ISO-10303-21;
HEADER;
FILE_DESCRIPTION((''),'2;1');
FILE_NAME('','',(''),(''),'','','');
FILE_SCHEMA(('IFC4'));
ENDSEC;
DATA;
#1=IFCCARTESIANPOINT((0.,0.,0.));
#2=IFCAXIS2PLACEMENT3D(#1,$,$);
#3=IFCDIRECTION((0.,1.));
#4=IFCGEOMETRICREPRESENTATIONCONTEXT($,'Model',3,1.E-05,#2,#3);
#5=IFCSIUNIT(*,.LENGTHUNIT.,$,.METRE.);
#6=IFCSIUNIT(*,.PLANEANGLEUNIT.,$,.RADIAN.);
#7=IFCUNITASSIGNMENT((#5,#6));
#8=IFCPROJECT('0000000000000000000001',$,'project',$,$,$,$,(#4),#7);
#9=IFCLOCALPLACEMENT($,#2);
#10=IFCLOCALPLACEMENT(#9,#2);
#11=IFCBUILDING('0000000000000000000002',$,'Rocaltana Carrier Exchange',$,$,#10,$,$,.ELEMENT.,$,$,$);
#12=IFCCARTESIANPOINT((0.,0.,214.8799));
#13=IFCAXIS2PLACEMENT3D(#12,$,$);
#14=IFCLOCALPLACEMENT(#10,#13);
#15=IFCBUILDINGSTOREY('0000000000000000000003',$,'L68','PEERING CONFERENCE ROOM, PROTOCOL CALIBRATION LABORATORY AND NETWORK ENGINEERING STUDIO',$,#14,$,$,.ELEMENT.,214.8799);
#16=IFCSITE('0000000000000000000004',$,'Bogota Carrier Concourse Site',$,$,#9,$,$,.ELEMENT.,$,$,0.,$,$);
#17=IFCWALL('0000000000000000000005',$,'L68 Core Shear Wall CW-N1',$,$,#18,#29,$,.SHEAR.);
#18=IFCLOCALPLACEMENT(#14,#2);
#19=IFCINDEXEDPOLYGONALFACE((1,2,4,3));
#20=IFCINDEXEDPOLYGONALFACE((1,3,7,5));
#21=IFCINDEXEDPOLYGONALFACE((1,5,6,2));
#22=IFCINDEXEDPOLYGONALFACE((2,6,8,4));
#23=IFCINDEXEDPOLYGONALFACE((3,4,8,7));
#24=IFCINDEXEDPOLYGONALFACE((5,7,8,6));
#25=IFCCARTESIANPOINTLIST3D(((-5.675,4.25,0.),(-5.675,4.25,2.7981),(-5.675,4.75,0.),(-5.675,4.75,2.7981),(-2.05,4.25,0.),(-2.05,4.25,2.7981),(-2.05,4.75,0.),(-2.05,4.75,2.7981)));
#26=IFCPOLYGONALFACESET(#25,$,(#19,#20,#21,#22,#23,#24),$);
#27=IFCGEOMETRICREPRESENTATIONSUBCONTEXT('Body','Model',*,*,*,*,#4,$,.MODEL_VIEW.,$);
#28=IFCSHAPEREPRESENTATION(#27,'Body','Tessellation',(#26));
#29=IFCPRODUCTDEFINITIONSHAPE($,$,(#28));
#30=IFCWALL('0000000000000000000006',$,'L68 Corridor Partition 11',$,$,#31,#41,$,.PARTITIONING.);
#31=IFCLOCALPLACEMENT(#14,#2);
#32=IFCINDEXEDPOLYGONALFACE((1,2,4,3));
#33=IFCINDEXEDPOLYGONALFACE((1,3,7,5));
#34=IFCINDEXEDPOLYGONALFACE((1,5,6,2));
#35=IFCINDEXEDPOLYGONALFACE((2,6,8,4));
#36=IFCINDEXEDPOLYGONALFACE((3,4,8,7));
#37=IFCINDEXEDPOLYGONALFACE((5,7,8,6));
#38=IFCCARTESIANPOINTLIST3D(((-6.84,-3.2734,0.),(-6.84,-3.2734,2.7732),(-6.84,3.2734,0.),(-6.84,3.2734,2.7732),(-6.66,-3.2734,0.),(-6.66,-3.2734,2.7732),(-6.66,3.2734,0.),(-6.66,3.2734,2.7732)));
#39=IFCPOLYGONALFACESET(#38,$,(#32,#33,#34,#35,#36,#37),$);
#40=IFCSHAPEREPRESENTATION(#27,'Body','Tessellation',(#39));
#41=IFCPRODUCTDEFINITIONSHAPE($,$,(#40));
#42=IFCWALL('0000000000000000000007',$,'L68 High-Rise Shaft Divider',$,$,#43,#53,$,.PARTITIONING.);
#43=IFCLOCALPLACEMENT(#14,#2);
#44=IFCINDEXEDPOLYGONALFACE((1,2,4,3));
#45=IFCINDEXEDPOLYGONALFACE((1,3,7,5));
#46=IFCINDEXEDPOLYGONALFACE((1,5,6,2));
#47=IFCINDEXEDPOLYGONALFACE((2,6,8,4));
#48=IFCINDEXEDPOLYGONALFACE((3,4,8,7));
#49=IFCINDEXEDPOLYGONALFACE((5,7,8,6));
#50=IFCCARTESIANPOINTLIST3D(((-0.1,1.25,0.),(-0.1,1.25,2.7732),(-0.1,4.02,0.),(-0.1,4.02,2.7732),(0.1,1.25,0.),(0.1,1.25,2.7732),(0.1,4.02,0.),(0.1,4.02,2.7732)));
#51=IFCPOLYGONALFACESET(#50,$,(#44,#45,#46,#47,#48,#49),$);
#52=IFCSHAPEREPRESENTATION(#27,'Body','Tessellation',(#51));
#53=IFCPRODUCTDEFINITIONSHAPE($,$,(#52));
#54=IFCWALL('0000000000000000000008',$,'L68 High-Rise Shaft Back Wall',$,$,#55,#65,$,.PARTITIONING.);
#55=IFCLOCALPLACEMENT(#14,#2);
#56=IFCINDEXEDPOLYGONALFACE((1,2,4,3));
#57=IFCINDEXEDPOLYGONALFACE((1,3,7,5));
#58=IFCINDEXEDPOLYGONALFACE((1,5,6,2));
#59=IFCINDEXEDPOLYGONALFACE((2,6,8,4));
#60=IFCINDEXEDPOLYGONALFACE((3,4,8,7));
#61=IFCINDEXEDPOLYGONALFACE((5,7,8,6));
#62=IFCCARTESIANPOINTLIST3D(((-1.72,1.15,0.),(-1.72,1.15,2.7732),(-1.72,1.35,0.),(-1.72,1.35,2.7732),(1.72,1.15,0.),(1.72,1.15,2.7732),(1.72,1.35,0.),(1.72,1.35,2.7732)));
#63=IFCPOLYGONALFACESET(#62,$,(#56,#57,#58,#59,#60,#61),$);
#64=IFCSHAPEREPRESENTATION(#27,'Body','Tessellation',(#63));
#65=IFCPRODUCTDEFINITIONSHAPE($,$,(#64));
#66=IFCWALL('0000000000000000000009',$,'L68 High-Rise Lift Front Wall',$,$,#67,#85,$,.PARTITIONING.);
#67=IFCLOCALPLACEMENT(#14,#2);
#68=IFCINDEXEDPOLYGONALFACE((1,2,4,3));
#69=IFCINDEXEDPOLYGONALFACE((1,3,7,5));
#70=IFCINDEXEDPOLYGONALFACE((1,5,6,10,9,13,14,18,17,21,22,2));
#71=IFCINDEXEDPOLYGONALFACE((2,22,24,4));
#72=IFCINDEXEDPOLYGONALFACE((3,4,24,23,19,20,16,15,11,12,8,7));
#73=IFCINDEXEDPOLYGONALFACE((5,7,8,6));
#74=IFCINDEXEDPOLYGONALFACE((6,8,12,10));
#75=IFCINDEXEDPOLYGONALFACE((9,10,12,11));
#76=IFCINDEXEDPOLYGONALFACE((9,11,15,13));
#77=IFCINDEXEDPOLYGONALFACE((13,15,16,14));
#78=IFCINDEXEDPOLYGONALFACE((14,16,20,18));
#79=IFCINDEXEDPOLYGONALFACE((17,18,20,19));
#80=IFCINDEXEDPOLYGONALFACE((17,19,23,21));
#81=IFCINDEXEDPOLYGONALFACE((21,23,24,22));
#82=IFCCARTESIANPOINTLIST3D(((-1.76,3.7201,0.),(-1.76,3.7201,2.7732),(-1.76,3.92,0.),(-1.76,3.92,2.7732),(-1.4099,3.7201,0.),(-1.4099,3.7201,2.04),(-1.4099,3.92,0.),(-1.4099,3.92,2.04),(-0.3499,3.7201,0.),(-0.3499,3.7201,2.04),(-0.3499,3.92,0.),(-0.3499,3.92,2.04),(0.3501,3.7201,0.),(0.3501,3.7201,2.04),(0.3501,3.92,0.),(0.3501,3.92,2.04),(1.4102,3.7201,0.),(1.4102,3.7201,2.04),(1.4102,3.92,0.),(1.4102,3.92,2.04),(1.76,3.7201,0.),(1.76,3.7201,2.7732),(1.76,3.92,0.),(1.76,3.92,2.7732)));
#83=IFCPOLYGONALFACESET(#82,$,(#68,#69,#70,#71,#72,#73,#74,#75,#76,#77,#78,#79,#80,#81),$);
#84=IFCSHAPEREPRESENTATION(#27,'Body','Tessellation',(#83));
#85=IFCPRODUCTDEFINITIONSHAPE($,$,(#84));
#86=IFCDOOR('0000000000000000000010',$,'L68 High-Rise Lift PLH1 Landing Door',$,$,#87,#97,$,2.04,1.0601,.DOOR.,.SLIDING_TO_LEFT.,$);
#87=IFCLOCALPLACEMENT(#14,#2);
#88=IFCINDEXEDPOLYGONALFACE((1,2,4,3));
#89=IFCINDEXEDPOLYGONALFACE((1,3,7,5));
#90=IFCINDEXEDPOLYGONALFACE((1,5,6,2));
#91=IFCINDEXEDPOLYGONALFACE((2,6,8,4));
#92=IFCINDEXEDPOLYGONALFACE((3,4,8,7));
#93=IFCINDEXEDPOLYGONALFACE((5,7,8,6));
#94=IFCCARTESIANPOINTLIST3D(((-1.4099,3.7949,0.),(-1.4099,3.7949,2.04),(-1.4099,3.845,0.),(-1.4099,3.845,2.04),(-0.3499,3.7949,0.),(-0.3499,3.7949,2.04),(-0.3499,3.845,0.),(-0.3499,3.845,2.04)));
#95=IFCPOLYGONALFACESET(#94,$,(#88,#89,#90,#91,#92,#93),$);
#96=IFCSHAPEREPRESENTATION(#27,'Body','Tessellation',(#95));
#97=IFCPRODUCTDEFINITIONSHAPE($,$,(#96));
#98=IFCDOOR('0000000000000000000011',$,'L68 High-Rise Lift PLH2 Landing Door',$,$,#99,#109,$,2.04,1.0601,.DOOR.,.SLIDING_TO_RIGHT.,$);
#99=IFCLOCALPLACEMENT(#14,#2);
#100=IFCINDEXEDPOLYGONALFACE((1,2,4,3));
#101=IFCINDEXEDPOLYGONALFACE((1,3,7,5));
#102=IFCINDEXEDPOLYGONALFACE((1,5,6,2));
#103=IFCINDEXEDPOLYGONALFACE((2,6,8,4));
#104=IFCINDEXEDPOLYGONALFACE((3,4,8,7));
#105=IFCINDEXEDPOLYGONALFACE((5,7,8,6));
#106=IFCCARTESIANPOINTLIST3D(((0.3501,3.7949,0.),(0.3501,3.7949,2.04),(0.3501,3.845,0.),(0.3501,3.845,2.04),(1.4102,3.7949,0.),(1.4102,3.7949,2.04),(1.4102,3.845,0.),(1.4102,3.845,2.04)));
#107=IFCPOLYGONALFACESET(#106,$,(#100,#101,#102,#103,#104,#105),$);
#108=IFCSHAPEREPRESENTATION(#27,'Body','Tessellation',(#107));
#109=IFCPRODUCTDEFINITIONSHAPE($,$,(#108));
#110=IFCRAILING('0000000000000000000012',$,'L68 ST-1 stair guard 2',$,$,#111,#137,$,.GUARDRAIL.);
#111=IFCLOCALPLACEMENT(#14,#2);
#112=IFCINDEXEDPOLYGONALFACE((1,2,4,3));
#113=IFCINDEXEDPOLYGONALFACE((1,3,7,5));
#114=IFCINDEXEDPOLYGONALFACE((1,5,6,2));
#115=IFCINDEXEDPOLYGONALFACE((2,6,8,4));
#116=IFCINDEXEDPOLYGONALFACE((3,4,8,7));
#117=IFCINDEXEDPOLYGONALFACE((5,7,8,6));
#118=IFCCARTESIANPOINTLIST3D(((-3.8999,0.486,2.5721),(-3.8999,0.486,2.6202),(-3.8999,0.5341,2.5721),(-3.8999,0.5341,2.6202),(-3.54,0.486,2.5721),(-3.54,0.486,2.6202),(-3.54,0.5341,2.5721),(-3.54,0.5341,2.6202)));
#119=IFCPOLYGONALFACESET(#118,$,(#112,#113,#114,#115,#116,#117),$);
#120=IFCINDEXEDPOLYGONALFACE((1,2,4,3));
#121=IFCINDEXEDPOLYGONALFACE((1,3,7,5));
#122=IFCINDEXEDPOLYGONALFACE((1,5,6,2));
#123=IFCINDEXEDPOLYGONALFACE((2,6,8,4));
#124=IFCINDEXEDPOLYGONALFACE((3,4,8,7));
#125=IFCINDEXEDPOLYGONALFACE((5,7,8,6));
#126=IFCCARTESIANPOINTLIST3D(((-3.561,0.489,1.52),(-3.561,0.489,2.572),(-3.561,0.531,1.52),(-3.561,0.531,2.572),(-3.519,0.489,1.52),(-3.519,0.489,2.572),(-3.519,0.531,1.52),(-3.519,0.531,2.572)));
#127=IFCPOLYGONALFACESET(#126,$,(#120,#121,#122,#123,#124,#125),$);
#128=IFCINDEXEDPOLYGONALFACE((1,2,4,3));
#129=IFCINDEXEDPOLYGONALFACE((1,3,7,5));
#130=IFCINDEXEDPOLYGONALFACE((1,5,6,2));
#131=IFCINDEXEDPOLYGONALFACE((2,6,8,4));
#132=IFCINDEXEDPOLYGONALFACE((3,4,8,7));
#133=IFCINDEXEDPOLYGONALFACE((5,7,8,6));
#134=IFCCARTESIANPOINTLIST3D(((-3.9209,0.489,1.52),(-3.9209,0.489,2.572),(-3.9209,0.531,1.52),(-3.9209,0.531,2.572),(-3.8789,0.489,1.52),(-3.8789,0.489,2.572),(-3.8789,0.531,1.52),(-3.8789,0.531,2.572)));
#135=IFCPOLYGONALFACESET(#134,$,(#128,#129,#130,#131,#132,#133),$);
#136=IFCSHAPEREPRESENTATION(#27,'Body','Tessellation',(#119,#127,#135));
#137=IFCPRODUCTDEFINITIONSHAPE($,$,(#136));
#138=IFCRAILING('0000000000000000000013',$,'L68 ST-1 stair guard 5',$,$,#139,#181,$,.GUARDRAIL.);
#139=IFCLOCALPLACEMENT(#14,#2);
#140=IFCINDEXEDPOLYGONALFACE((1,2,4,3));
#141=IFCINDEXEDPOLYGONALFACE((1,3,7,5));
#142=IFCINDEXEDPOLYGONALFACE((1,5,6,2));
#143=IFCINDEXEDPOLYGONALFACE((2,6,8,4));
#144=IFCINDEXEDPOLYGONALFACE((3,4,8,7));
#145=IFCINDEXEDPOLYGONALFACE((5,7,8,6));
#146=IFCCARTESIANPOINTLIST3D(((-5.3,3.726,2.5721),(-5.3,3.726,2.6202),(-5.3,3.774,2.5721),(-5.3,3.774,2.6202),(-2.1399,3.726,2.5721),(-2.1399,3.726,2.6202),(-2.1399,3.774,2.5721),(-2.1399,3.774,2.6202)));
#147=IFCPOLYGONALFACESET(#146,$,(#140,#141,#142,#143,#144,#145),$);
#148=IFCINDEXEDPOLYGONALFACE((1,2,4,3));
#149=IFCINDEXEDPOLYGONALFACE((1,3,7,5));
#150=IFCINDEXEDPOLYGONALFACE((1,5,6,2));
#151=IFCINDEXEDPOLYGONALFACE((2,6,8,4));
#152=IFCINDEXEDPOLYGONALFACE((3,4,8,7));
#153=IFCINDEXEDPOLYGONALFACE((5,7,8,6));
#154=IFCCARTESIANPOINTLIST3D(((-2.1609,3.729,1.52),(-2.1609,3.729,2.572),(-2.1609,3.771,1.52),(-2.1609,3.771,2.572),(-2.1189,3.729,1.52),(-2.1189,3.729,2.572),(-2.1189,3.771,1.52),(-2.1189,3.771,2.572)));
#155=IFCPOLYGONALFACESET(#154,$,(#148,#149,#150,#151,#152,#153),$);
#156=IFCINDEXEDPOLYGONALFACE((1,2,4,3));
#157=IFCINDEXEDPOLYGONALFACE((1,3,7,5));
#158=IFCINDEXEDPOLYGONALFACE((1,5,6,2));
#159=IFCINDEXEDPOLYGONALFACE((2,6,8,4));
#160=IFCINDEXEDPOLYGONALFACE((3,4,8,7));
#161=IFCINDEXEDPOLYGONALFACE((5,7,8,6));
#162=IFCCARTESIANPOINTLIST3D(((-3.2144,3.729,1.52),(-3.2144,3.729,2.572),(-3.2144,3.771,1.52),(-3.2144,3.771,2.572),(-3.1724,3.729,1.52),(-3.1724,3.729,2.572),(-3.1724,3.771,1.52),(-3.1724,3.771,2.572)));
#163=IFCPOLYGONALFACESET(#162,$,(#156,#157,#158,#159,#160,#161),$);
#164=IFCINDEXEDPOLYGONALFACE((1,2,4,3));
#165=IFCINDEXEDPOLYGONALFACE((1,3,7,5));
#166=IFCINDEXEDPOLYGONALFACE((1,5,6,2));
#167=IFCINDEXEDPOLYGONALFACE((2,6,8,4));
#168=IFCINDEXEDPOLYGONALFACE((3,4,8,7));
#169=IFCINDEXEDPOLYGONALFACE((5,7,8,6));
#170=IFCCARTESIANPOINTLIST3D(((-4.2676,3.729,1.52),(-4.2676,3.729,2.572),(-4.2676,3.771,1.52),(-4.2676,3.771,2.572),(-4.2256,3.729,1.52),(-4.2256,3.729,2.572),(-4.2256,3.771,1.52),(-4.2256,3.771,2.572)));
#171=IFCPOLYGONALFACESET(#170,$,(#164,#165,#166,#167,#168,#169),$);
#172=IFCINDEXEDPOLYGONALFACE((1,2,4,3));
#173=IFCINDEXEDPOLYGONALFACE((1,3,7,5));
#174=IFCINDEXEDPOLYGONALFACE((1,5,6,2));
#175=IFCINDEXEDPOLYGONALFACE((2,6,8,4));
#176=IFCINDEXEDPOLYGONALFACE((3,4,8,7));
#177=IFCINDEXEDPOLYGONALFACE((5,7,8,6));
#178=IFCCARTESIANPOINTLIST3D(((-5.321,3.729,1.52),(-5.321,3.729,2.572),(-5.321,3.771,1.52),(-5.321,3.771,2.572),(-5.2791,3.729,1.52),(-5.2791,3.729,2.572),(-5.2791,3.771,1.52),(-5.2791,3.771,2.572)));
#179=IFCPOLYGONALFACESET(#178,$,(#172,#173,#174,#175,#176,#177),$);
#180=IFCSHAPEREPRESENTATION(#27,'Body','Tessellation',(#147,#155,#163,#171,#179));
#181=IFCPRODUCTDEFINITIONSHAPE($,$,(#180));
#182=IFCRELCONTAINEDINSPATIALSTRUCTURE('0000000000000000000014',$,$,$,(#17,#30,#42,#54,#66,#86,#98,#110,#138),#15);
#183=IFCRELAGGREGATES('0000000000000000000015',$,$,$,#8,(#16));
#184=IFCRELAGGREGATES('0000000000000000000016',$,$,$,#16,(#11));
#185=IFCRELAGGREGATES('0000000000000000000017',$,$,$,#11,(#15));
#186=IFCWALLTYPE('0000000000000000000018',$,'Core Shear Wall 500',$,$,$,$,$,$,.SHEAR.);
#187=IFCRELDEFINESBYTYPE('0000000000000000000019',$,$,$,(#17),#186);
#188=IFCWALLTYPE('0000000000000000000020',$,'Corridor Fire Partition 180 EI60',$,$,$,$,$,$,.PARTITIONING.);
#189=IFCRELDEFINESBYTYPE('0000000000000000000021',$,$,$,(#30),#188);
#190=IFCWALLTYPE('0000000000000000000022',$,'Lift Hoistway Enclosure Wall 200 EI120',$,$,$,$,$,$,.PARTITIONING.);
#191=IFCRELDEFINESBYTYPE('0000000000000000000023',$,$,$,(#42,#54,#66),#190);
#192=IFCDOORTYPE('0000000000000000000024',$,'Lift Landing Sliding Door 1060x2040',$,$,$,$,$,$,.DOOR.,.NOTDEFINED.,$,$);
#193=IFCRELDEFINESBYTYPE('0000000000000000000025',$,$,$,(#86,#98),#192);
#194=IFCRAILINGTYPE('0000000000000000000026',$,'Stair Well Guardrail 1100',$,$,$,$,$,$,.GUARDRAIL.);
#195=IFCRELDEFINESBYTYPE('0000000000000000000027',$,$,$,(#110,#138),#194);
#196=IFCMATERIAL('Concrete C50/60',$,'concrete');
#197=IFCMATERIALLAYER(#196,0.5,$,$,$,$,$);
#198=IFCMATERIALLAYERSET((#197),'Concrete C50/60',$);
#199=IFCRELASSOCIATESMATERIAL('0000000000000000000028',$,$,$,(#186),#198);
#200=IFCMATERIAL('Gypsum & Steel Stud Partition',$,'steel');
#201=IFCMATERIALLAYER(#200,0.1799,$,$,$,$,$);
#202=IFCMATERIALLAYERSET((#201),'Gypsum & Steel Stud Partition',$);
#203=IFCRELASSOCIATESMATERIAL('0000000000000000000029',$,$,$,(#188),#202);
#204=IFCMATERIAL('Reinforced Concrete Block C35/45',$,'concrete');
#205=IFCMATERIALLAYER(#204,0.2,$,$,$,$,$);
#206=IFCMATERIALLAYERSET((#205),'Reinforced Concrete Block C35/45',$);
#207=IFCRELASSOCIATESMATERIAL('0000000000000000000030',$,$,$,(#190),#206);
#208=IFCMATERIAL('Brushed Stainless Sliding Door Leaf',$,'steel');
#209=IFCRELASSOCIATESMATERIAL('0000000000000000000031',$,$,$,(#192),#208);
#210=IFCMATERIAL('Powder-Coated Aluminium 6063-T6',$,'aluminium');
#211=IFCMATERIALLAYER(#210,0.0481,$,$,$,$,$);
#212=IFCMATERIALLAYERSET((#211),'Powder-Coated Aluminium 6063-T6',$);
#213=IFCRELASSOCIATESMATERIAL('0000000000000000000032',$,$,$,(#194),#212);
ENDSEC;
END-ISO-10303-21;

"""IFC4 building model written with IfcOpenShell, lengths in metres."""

from ifc_helpers import new_model, si_unit, direction, frame, frame_2d, origin, origin_2d, place, context, subcontext, project, spatial, rectangle, extrude, material, layer, layer_set, type_object, element, fill, save


model = new_model("IFC4")

# Units and contexts
model_context = context("Model", 3, precision=1e-05, world=origin(), true_north=direction((0.0, 1.0)))
body_context = subcontext(model_context, "Body", "Model", "MODEL_VIEW")
ifc_project = project(units=[si_unit("LENGTHUNIT", "METRE"), si_unit("PLANEANGLEUNIT", "RADIAN")], contexts=[model_context])

# Site, building, storey
site_placement = place(None, origin())
site = spatial("IfcSite", under=ifc_project, at=site_placement, Name="Bogota Carrier Concourse Site", CompositionType="ELEMENT", RefElevation=0.0)
building_placement = place(site_placement, origin())
building = spatial("IfcBuilding", under=site, at=building_placement, Name="Rocaltana Carrier Exchange", CompositionType="ELEMENT")
storey_placement = place(building_placement, frame((0.0, 0.0, 214.8799)))
storey = spatial("IfcBuildingStorey", under=building, at=storey_placement, Name="L68", Description="PEERING CONFERENCE ROOM, PROTOCOL CALIBRATION LABORATORY AND NETWORK ENGINEERING STUDIO", CompositionType="ELEMENT", Elevation=214.8799)

# Walls
ifc_material_1 = material(Name="Concrete C50/60", Category="concrete")
ifc_layer_1 = layer(ifc_material_1, 0.5)
ifc_layer_set_1 = layer_set([ifc_layer_1], Name="Concrete C50/60")
wall_type_1 = type_object("IfcWallType", Name="Core Shear Wall 500", PredefinedType="SHEAR", material=ifc_layer_set_1)
wall_1_placement = place(storey_placement, frame((-5.675, 4.5, 0.0), z_axis=(0.0, 0.0, 1.0), x_axis=(1.0, 0.0, 0.0)))
element("IfcWall", 1, at=wall_1_placement, inside=storey, type_object=wall_type_1, Name="L68 Core Shear Wall CW-N1", PredefinedType="SHEAR", context=body_context, shape_type="SweptSolid", body=[
    extrude(rectangle(XDim=3.625, YDim=0.5, at=frame_2d((1.8125, 0.0))), origin(), (0.0, 0.0, 1.0), 2.7981),
])
ifc_material_2 = material(Name="Gypsum & Steel Stud Partition", Category="steel")
ifc_layer_2 = layer(ifc_material_2, 0.1799)
ifc_layer_set_2 = layer_set([ifc_layer_2], Name="Gypsum & Steel Stud Partition")
wall_type_2 = type_object("IfcWallType", Name="Corridor Fire Partition 180 EI60", PredefinedType="PARTITIONING", material=ifc_layer_set_2)
wall_2_placement = place(storey_placement, frame((-6.75, 3.2734, 0.0), z_axis=(0.0, 0.0, 1.0), x_axis=(0.0, -1.0, 0.0)))
element("IfcWall", 2, at=wall_2_placement, inside=storey, type_object=wall_type_2, Name="L68 Corridor Partition 11", PredefinedType="PARTITIONING", context=body_context, shape_type="SweptSolid", body=[
    extrude(rectangle(XDim=6.5469, YDim=0.1799, at=frame_2d((3.2734, 0.0))), origin(), (0.0, 0.0, 1.0), 2.7732),
])
ifc_material_3 = material(Name="Reinforced Concrete Block C35/45", Category="concrete")
ifc_layer_3 = layer(ifc_material_3, 0.2)
ifc_layer_set_3 = layer_set([ifc_layer_3], Name="Reinforced Concrete Block C35/45")
wall_type_3 = type_object("IfcWallType", Name="Lift Hoistway Enclosure Wall 200 EI120", PredefinedType="PARTITIONING", material=ifc_layer_set_3)
wall_3_placement = place(storey_placement, frame((0.0, 1.25, 0.0), z_axis=(0.0, 0.0, 1.0), x_axis=(0.0, 1.0, 0.0)))
element("IfcWall", 3, at=wall_3_placement, inside=storey, type_object=wall_type_3, Name="L68 High-Rise Shaft Divider", PredefinedType="PARTITIONING", context=body_context, shape_type="SweptSolid", body=[
    extrude(rectangle(XDim=2.77, YDim=0.2, at=frame_2d((1.385, 0.0))), origin(), (0.0, 0.0, 1.0), 2.7732),
])
wall_4_placement = place(storey_placement, frame((-1.72, 1.25, 0.0), z_axis=(0.0, 0.0, 1.0), x_axis=(1.0, 0.0, 0.0)))
element("IfcWall", 4, at=wall_4_placement, inside=storey, type_object=wall_type_3, Name="L68 High-Rise Shaft Back Wall", PredefinedType="PARTITIONING", context=body_context, shape_type="SweptSolid", body=[
    extrude(rectangle(XDim=3.4399, YDim=0.2, at=frame_2d((1.72, 0.0))), origin(), (0.0, 0.0, 1.0), 2.7732),
])

# Wall, openings, doors
wall_5_placement = place(storey_placement, frame((-1.76, 3.8201, 0.0), z_axis=(0.0, 0.0, 1.0), x_axis=(1.0, 0.0, 0.0)))
wall_5 = element("IfcWall", 5, at=wall_5_placement, inside=storey, type_object=wall_type_3, Name="L68 High-Rise Lift Front Wall", PredefinedType="PARTITIONING", context=body_context, shape_type="SweptSolid", body=[
    extrude(rectangle(XDim=3.52, YDim=0.2, at=frame_2d((1.76, 0.0))), origin(), (0.0, 0.0, 1.0), 2.7732),
])
opening_1_placement = place(wall_5_placement, frame((0.3501, 0.0, 0.0)))
opening_1 = element("IfcOpeningElement", 6, at=opening_1_placement, cuts=wall_5, PredefinedType="OPENING", context=body_context, shape_type="SweptSolid", body=[
    extrude(rectangle(XDim=1.0601, YDim=2.04, at=frame_2d((0.53, 1.02))), frame((0.0, 0.1099, 0.0), z_axis=(0.0, -1.0, 0.0), x_axis=(1.0, 0.0, 0.0)), (0.0, 0.0, 1.0), 0.22),
])
opening_2_placement = place(wall_5_placement, frame((2.1101, 0.0, 0.0)))
opening_2 = element("IfcOpeningElement", 7, at=opening_2_placement, cuts=wall_5, PredefinedType="OPENING", context=body_context, shape_type="SweptSolid", body=[
    extrude(rectangle(XDim=1.0601, YDim=2.04, at=frame_2d((0.53, 1.02))), frame((0.0, 0.1099, 0.0), z_axis=(0.0, -1.0, 0.0), x_axis=(1.0, 0.0, 0.0)), (0.0, 0.0, 1.0), 0.22),
])
ifc_material_4 = material(Name="Brushed Stainless Sliding Door Leaf", Category="steel")
door_type = type_object("IfcDoorType", Name="Lift Landing Sliding Door 1060x2040", OperationType="NOTDEFINED", PredefinedType="DOOR", material=ifc_material_4)
door_1_placement = place(opening_1_placement, origin())
door_1 = element("IfcDoor", 8, at=door_1_placement, inside=storey, type_object=door_type, Name="L68 High-Rise Lift PLH1 Landing Door", OperationType="SLIDING_TO_LEFT", OverallHeight=2.04, OverallWidth=1.0601, PredefinedType="DOOR", context=body_context, shape_type="SweptSolid", body=[
    extrude(rectangle(XDim=1.0601, YDim=2.04, at=frame_2d((0.53, 1.02))), frame((0.0, 0.0249, 0.0), z_axis=(0.0, -1.0, 0.0), x_axis=(1.0, 0.0, 0.0)), (0.0, 0.0, 1.0), 0.05),
])
fill(opening_1, door_1)
door_2_placement = place(opening_2_placement, origin())
door_2 = element("IfcDoor", 9, at=door_2_placement, inside=storey, type_object=door_type, Name="L68 High-Rise Lift PLH2 Landing Door", OperationType="SLIDING_TO_RIGHT", OverallHeight=2.04, OverallWidth=1.0601, PredefinedType="DOOR", context=body_context, shape_type="SweptSolid", body=[
    extrude(rectangle(XDim=1.0601, YDim=2.04, at=frame_2d((0.53, 1.02))), frame((0.0, 0.0249, 0.0), z_axis=(0.0, -1.0, 0.0), x_axis=(1.0, 0.0, 0.0)), (0.0, 0.0, 1.0), 0.05),
])
fill(opening_2, door_2)

# Railings
ifc_material_5 = material(Name="Powder-Coated Aluminium 6063-T6", Category="aluminium")
ifc_layer_4 = layer(ifc_material_5, 0.0481)
ifc_layer_set_4 = layer_set([ifc_layer_4], Name="Powder-Coated Aluminium 6063-T6")
railing_type = type_object("IfcRailingType", Name="Stair Well Guardrail 1100", PredefinedType="GUARDRAIL", material=ifc_layer_set_4)
railing_1_placement = place(storey_placement, frame((-3.54, 0.51, 1.52)))
element("IfcRailing", 10, at=railing_1_placement, inside=storey, type_object=railing_type, Name="L68 ST-1 stair guard 2", PredefinedType="GUARDRAIL", context=body_context, shape_type="SweptSolid", body=[
    extrude(rectangle(XDim=0.0481, YDim=0.0481, at=origin_2d()), frame((0.0, 0.0, 1.0762), z_axis=(-1.0, 0.0, 0.0), x_axis=(0.0, -1.0, 0.0)), (0.0, 0.0, 1.0), 0.3599),
    extrude(rectangle(XDim=0.042, YDim=0.042, at=origin_2d()), origin(), (0.0, 0.0, 1.0), 1.052),
    extrude(rectangle(XDim=0.042, YDim=0.042, at=origin_2d()), frame((-0.3599, 0.0, 0.0)), (0.0, 0.0, 1.0), 1.052),
])
railing_2_placement = place(storey_placement, frame((-2.1399, 3.75, 1.52)))
element("IfcRailing", 11, at=railing_2_placement, inside=storey, type_object=railing_type, Name="L68 ST-1 stair guard 5", PredefinedType="GUARDRAIL", context=body_context, shape_type="SweptSolid", body=[
    extrude(rectangle(XDim=0.0481, YDim=0.0481, at=origin_2d()), frame((0.0, 0.0, 1.0762), z_axis=(-1.0, 0.0, 0.0), x_axis=(0.0, -1.0, 0.0)), (0.0, 0.0, 1.0), 3.1602),
    extrude(rectangle(XDim=0.042, YDim=0.042, at=origin_2d()), origin(), (0.0, 0.0, 1.0), 1.052),
    extrude(rectangle(XDim=0.042, YDim=0.042, at=origin_2d()), frame((-1.0535, 0.0, 0.0)), (0.0, 0.0, 1.0), 1.052),
    extrude(rectangle(XDim=0.042, YDim=0.042, at=origin_2d()), frame((-2.1067, 0.0, 0.0)), (0.0, 0.0, 1.0), 1.052),
    extrude(rectangle(XDim=0.042, YDim=0.042, at=origin_2d()), frame((-3.1602, 0.0, 0.0)), (0.0, 0.0, 1.0), 1.052),
])

save(model, "model.ifc")
